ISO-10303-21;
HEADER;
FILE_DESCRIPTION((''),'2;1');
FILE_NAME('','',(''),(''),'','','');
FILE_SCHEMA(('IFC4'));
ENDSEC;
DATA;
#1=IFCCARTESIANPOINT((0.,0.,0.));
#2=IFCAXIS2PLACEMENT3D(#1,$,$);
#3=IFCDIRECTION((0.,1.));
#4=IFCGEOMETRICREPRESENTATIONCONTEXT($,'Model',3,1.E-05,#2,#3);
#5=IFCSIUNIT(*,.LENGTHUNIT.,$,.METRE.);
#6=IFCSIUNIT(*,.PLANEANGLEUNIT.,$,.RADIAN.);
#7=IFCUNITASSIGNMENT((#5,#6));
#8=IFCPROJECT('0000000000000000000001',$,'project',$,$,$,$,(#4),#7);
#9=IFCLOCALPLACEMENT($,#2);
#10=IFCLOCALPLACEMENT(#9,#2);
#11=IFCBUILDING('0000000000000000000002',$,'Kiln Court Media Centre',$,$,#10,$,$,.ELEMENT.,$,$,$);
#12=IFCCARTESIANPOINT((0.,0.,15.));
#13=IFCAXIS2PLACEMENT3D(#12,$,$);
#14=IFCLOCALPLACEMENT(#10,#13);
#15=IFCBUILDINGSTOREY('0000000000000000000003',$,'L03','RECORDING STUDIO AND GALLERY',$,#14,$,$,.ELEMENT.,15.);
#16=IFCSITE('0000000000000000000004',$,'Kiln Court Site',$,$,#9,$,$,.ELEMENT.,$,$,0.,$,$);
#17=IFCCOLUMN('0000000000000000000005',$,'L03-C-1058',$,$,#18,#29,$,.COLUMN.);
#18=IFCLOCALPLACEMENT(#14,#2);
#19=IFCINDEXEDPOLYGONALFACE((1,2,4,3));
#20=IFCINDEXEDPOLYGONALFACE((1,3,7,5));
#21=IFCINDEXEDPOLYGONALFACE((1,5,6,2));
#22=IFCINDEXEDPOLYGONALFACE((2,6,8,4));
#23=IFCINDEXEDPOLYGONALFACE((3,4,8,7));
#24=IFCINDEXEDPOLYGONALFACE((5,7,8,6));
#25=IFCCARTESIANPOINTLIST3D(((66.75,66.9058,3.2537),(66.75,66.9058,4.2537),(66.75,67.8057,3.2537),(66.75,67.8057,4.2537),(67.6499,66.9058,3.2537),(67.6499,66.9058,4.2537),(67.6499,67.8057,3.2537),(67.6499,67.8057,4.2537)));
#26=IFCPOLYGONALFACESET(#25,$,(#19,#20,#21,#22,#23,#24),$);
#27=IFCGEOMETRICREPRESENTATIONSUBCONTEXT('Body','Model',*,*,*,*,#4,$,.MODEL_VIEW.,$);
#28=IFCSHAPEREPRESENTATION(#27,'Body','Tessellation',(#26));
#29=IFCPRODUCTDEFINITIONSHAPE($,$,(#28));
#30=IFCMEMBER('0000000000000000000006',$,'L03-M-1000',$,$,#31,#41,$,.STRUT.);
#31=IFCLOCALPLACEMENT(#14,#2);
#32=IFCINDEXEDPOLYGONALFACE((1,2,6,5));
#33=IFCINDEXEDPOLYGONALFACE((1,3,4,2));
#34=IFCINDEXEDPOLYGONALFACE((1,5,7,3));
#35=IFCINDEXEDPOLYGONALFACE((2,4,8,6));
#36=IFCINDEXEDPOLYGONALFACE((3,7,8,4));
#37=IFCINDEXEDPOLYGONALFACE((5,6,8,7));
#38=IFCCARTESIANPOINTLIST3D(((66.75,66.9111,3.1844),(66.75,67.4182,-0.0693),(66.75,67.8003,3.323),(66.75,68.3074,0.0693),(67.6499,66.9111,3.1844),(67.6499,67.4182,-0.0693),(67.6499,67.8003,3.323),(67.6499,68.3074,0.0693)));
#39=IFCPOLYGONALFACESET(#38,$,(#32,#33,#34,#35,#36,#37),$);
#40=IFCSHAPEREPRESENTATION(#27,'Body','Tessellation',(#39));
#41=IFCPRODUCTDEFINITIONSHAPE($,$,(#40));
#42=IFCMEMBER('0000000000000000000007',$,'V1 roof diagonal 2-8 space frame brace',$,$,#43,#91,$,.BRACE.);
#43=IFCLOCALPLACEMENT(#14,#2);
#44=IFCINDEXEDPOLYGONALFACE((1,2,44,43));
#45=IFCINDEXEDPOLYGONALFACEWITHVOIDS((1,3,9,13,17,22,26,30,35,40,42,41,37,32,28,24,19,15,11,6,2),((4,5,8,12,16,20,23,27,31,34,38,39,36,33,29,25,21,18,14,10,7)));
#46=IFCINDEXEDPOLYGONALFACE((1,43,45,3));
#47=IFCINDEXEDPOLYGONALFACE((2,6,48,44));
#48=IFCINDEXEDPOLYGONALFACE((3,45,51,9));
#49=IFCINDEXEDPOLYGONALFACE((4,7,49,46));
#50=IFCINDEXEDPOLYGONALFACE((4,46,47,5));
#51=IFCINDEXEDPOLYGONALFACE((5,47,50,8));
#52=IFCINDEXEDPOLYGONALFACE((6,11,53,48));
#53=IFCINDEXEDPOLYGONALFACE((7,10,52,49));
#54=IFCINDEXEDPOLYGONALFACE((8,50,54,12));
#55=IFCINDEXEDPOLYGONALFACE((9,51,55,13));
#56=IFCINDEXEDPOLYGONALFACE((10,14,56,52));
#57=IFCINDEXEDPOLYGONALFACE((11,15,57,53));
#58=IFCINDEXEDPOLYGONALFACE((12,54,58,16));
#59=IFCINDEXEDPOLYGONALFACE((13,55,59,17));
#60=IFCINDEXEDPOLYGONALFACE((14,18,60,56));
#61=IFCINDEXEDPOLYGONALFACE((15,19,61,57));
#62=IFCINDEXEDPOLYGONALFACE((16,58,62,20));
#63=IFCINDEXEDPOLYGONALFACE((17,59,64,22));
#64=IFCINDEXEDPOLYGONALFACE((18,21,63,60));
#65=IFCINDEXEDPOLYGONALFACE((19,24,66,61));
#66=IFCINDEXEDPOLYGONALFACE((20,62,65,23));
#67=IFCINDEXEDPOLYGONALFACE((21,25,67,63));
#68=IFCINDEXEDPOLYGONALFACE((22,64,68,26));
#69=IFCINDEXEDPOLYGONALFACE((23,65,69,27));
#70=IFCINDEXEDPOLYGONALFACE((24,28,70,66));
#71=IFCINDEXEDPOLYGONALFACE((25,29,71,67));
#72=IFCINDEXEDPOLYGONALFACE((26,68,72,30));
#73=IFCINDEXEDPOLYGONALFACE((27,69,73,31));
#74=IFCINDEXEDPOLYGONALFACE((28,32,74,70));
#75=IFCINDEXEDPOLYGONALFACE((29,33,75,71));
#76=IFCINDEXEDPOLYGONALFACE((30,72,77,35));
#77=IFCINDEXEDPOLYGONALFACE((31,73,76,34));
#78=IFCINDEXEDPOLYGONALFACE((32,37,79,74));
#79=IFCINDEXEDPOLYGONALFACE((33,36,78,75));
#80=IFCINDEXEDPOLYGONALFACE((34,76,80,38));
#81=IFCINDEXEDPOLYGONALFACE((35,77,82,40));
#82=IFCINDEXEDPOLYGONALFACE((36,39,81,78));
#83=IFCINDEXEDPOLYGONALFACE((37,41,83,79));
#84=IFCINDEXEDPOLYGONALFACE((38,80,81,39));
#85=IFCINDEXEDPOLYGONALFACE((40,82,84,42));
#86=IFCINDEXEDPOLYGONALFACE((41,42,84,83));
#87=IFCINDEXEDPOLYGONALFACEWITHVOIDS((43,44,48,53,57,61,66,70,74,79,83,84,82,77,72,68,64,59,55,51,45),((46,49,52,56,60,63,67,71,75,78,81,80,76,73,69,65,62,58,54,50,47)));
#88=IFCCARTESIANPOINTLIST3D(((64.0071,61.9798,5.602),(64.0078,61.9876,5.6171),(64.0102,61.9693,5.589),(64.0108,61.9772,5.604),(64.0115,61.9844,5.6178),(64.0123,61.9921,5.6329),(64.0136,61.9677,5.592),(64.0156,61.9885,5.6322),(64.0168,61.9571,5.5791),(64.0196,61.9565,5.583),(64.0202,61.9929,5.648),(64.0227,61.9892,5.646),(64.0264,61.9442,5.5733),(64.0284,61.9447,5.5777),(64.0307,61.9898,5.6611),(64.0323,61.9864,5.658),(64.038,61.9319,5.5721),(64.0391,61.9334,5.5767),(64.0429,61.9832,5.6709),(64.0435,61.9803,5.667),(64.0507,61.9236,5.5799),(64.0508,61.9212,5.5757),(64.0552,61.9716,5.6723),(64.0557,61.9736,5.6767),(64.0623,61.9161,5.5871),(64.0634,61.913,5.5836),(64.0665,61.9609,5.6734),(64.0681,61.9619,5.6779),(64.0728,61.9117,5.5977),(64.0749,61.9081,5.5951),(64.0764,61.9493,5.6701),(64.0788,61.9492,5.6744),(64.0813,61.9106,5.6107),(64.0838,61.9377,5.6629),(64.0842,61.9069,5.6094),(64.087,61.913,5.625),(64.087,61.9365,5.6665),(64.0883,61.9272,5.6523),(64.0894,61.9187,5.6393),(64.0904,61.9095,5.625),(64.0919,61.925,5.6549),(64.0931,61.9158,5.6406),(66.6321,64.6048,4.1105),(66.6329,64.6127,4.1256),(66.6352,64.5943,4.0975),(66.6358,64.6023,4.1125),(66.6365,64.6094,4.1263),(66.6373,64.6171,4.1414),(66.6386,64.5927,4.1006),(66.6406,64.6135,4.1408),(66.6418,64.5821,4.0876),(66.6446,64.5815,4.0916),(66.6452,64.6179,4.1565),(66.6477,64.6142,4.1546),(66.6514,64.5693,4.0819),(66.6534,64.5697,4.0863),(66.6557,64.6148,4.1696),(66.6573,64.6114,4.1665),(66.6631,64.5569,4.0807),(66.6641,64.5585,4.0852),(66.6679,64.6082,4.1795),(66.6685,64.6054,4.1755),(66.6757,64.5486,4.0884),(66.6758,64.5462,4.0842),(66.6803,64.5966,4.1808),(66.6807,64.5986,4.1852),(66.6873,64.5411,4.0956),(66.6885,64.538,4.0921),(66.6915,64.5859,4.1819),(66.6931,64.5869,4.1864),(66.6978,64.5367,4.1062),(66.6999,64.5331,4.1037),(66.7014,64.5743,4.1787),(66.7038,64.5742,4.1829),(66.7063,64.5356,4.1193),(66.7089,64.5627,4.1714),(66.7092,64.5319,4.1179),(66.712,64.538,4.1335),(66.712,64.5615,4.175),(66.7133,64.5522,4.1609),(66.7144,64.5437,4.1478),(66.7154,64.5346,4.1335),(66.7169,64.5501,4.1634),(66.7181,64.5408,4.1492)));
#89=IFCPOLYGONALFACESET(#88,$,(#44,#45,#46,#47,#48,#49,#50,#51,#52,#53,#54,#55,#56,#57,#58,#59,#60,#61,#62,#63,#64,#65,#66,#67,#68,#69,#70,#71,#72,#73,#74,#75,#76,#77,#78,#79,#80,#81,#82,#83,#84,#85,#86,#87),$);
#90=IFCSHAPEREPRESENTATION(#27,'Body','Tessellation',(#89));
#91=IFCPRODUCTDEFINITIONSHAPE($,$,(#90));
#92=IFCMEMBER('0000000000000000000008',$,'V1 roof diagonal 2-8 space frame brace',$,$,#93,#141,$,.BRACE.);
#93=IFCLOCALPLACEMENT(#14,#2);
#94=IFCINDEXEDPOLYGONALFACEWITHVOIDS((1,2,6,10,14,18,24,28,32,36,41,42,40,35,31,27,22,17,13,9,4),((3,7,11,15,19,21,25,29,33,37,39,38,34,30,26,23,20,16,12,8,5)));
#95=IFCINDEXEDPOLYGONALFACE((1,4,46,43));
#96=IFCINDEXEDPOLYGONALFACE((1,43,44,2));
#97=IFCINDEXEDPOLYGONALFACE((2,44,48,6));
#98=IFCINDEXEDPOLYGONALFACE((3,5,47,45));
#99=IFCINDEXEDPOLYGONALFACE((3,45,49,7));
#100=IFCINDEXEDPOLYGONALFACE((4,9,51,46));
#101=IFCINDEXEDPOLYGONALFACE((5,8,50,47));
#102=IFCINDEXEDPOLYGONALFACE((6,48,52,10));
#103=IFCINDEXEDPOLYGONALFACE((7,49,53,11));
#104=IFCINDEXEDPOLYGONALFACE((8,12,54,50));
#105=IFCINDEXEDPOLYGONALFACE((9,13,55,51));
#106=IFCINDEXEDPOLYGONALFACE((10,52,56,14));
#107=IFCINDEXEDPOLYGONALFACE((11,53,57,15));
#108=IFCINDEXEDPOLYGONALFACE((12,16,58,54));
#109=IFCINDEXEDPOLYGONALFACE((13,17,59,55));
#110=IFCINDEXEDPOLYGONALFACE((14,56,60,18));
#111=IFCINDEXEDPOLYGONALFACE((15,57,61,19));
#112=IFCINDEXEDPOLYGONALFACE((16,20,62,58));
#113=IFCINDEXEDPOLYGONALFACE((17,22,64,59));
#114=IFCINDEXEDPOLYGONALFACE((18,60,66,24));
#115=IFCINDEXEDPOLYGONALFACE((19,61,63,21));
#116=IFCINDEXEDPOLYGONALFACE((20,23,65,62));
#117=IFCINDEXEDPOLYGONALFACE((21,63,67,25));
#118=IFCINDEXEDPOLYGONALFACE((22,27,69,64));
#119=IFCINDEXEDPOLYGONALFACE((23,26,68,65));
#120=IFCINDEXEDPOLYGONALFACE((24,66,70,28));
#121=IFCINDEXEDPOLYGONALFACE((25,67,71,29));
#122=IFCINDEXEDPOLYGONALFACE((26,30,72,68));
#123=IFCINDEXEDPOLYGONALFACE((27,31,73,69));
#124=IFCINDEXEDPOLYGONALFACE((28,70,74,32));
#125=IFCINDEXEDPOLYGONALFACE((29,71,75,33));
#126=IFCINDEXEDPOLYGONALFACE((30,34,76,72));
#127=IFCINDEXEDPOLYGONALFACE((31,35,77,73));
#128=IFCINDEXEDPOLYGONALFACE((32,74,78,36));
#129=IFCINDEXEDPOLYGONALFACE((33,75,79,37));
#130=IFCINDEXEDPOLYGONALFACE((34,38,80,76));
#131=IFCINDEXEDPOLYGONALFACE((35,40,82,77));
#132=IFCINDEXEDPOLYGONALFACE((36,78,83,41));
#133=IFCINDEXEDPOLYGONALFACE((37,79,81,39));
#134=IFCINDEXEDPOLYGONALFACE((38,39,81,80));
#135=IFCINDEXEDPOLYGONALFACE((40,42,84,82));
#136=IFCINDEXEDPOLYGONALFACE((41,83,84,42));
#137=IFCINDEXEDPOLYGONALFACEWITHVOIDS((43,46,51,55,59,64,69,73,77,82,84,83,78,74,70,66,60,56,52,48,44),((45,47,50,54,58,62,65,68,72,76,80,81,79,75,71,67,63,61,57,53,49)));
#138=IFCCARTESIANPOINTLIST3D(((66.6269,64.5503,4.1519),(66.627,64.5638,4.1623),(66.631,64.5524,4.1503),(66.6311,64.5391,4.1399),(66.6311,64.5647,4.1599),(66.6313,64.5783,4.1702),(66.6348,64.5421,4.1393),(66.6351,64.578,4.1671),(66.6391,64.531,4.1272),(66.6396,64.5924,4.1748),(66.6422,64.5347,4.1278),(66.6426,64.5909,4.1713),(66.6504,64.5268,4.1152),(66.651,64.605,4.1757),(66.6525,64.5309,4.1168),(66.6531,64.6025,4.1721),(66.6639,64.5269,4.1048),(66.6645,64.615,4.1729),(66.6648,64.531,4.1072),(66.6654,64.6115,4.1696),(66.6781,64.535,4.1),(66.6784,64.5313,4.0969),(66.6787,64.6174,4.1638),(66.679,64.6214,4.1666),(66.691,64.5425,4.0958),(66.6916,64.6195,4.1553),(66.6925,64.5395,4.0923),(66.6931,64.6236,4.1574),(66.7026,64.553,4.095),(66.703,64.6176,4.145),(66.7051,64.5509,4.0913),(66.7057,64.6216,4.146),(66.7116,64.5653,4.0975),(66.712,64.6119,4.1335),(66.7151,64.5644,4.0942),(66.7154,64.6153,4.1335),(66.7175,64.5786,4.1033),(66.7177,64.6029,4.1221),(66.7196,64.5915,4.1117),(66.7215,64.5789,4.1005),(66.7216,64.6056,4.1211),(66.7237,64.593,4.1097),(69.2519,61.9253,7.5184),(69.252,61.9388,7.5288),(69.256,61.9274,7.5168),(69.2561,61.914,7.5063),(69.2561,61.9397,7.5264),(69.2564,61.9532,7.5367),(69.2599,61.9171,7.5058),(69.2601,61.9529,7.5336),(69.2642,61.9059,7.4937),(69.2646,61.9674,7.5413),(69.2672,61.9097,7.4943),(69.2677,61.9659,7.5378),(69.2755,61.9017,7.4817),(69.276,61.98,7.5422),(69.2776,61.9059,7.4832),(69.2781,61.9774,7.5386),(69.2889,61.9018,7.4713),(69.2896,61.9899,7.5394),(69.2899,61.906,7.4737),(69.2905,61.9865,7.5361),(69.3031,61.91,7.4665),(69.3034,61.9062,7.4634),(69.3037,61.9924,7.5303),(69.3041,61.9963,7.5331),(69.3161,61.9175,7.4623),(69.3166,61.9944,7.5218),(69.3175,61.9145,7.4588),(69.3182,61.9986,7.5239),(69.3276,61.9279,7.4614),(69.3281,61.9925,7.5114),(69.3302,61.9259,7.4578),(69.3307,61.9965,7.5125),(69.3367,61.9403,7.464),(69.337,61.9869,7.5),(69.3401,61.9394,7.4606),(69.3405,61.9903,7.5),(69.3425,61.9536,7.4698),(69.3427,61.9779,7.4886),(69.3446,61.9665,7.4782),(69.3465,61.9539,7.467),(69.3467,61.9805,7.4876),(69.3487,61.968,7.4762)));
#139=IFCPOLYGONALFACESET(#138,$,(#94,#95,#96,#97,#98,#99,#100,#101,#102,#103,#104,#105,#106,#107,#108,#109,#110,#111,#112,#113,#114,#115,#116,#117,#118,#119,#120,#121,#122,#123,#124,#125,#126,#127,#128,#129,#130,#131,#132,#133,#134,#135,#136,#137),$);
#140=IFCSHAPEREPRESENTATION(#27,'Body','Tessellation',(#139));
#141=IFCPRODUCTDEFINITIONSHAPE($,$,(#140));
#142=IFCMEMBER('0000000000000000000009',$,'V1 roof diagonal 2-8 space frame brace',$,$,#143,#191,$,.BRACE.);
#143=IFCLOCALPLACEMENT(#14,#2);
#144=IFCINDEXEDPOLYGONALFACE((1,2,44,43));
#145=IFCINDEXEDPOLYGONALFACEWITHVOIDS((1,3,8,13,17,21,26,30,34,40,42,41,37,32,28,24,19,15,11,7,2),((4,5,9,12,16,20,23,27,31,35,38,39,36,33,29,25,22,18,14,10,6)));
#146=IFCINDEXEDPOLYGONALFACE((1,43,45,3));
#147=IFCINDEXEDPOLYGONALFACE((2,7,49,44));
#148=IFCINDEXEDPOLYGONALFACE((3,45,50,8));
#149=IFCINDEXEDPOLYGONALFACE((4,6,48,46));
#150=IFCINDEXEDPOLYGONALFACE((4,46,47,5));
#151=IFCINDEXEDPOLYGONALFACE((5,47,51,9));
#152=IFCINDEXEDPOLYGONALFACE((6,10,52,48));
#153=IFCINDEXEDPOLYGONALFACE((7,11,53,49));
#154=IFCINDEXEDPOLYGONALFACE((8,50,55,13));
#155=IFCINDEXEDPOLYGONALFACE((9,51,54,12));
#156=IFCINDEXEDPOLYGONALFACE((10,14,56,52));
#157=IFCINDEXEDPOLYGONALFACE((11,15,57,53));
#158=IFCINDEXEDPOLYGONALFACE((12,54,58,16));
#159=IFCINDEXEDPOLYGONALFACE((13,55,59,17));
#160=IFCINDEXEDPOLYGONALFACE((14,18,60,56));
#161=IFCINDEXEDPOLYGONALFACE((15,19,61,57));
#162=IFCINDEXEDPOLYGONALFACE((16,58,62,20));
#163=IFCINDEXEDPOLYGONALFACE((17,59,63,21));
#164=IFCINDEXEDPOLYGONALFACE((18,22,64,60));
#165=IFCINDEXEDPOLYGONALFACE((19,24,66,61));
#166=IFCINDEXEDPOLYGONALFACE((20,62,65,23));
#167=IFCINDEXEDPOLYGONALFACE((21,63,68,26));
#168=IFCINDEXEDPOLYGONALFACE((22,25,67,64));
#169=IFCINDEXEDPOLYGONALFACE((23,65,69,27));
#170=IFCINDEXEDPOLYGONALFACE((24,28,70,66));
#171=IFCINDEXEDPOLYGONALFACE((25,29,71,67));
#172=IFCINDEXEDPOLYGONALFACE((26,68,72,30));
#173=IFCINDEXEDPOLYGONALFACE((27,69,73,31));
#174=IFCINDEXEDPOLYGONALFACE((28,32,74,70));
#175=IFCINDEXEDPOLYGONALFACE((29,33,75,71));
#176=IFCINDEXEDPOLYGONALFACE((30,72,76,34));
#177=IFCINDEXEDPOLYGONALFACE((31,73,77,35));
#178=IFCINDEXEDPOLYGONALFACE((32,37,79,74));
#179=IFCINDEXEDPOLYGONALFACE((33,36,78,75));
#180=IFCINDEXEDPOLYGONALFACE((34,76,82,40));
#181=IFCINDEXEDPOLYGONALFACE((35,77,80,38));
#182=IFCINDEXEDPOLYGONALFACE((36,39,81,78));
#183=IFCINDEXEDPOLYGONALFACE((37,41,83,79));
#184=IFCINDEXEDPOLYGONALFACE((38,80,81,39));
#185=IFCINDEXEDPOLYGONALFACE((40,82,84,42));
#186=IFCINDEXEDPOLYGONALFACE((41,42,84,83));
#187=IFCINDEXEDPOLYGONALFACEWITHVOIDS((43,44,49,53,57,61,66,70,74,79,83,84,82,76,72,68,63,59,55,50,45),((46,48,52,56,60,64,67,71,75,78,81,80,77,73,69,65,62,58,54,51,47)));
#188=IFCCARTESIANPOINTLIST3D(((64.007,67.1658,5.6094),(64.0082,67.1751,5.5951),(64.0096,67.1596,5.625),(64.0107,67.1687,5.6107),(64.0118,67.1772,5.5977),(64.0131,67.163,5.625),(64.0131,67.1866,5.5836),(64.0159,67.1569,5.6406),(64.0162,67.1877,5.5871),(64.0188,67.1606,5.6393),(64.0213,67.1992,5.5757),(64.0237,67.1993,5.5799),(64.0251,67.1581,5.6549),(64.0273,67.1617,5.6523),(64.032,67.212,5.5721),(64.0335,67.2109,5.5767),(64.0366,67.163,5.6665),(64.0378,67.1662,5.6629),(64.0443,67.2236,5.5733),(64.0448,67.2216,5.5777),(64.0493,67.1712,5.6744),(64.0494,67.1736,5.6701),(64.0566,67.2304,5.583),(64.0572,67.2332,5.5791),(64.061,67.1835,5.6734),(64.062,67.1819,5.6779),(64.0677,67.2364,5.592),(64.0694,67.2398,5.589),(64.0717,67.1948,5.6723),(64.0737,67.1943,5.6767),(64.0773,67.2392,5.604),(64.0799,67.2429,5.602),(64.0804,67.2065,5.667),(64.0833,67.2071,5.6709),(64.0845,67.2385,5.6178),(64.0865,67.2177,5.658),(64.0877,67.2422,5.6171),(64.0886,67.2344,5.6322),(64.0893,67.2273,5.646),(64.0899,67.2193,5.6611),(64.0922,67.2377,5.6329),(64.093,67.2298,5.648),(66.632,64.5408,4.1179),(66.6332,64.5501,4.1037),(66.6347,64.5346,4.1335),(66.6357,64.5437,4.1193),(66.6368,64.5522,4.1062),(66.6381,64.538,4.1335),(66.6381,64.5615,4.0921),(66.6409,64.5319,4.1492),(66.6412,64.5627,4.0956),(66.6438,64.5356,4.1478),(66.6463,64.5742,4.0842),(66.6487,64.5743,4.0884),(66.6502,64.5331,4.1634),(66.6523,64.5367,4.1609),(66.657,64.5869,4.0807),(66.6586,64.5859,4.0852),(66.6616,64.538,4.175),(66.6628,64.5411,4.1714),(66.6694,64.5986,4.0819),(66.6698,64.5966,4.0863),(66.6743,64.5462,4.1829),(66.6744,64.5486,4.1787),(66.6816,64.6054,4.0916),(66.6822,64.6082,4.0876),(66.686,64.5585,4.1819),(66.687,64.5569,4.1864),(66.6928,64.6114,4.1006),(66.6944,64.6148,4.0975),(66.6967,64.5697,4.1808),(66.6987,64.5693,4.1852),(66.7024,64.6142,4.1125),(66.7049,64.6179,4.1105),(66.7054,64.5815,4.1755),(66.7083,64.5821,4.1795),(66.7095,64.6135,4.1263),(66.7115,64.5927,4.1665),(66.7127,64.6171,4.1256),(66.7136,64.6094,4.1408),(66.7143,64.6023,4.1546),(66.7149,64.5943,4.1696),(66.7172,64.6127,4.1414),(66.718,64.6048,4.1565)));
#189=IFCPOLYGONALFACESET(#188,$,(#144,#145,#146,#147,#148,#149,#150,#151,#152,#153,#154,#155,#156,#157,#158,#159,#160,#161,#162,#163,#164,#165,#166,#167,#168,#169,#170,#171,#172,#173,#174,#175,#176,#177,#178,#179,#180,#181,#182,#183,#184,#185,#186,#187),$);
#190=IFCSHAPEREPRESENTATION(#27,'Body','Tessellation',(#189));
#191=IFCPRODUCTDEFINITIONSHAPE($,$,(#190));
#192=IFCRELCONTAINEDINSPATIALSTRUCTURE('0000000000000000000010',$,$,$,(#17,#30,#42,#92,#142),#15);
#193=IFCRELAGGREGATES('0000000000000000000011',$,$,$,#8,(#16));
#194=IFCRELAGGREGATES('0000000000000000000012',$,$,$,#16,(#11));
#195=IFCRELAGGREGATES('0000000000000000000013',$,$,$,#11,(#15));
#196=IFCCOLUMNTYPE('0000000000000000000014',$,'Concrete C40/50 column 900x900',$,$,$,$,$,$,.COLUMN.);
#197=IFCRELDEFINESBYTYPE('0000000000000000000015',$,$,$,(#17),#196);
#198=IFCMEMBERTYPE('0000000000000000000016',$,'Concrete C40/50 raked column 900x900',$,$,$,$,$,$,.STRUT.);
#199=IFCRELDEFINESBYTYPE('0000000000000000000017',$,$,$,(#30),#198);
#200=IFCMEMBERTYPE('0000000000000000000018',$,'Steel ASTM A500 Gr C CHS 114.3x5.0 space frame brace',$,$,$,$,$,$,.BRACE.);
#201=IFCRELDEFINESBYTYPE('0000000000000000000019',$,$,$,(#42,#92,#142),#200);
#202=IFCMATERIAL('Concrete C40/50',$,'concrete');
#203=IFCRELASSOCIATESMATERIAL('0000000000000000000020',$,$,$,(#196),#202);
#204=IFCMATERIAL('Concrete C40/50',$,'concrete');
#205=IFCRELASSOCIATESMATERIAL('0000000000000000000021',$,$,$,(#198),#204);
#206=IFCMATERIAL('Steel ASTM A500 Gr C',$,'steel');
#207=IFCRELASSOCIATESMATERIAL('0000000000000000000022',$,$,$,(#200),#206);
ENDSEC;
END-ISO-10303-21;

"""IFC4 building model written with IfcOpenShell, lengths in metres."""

from ifc_helpers import new_model, si_unit, direction, frame, origin, origin_2d, place, context, subcontext, project, spatial, rectangle, hollow_circle, extrude, material, material_profile, profile_set, type_object, element, save


model = new_model("IFC4")

# Units and contexts
model_context = context("Model", 3, precision=1e-05, world=origin(), true_north=direction((0.0, 1.0)))
body_context = subcontext(model_context, "Body", "Model", "MODEL_VIEW")
ifc_project = project(units=[si_unit("LENGTHUNIT", "METRE"), si_unit("PLANEANGLEUNIT", "RADIAN")], contexts=[model_context])

# Site, building, storey
site_placement = place(None, origin())
site = spatial("IfcSite", under=ifc_project, at=site_placement, Name="Kiln Court Site", CompositionType="ELEMENT", RefElevation=0.0)
building_placement = place(site_placement, origin())
building = spatial("IfcBuilding", under=site, at=building_placement, Name="Kiln Court Media Centre", CompositionType="ELEMENT")
storey_placement = place(building_placement, frame((0.0, 0.0, 15.0)))
storey = spatial("IfcBuildingStorey", under=building, at=storey_placement, Name="L03", Description="RECORDING STUDIO AND GALLERY", CompositionType="ELEMENT", Elevation=15.0)

# Column
ifc_material_1 = material(Name="Concrete C40/50", Category="concrete")
ifc_material_profile_1 = material_profile(ifc_material_1, rectangle(XDim=0.8999, YDim=0.8999, at=origin_2d()), Name="RC 900x900")
ifc_profile_set_1 = profile_set([ifc_material_profile_1], Name="Concrete C40/50")
column_type = type_object("IfcColumnType", Name="Concrete C40/50 column 900x900", PredefinedType="COLUMN", material=ifc_profile_set_1)
column_placement = place(storey_placement, frame((67.2, 67.3557, 3.2537), z_axis=(0.0, 0.0, 1.0), x_axis=(1.0, 0.0, 0.0)))
element("IfcColumn", 1, at=column_placement, inside=storey, type_object=column_type, Name="L03-C-1058", PredefinedType="COLUMN", context=body_context, shape_type="SweptSolid", body=[
    extrude(rectangle(XDim=0.8999, YDim=0.8999, at=origin_2d()), origin(), (0.0, 0.0, 1.0), 1.0),
])

# Members
ifc_material_2 = material(Name="Concrete C40/50", Category="concrete")
ifc_material_profile_2 = material_profile(ifc_material_2, rectangle(XDim=0.8999, YDim=0.8999, at=origin_2d()), Name="RC 900x900")
ifc_profile_set_2 = profile_set([ifc_material_profile_2], Name="Concrete C40/50")
member_type_1 = type_object("IfcMemberType", Name="Concrete C40/50 raked column 900x900", PredefinedType="STRUT", material=ifc_profile_set_2)
member_1_placement = place(storey_placement, frame((67.2, 67.8628, 0.0), z_axis=(0.0, -0.15399, 0.988072), x_axis=(1.0, 0.0, 0.0)))
element("IfcMember", 2, at=member_1_placement, inside=storey, type_object=member_type_1, Name="L03-M-1000", PredefinedType="STRUT", context=body_context, shape_type="SweptSolid", body=[
    extrude(rectangle(XDim=0.8999, YDim=0.8999, at=origin_2d()), origin(), (0.0, 0.0, 1.0), 3.293),
])
ifc_material_3 = material(Name="Steel ASTM A500 Gr C", Category="steel")
ifc_material_profile_3 = material_profile(ifc_material_3, hollow_circle(Radius=0.0571, WallThickness=0.0049, at=origin_2d()), Name="CHS 114.3x5.0")
ifc_profile_set_3 = profile_set([ifc_material_profile_3], Name="Steel ASTM A500 Gr C")
member_type_2 = type_object("IfcMemberType", Name="Steel ASTM A500 Gr C CHS 114.3x5.0 space frame brace", PredefinedType="BRACE", material=ifc_profile_set_3)
member_2_placement = place(storey_placement, frame((66.675, 64.575, 4.1335), z_axis=(-0.656133, -0.656133, 0.372798), x_axis=(0.707107, -0.707107, 0.0)))
element("IfcMember", 3, at=member_2_placement, inside=storey, type_object=member_type_2, Name="V1 roof diagonal 2-8 space frame brace", PredefinedType="BRACE", context=body_context, shape_type="SweptSolid", body=[
    extrude(hollow_circle(Radius=0.0571, WallThickness=0.0049, at=origin_2d()), origin(), (0.0, 0.0, 1.0), 4.0007),
])
member_3_placement = place(storey_placement, frame((66.675, 64.575, 4.1335), z_axis=(0.523804, -0.523804, 0.671758), x_axis=(0.707107, 0.707107, 0.0)))
element("IfcMember", 4, at=member_3_placement, inside=storey, type_object=member_type_2, Name="V1 roof diagonal 2-8 space frame brace", PredefinedType="BRACE", context=body_context, shape_type="SweptSolid", body=[
    extrude(hollow_circle(Radius=0.0571, WallThickness=0.0049, at=origin_2d()), origin(), (0.0, 0.0, 1.0), 5.0115),
])
member_4_placement = place(storey_placement, frame((66.675, 64.575, 4.1335), z_axis=(-0.656133, 0.656133, 0.372798), x_axis=(-0.707107, -0.707107, 0.0)))
element("IfcMember", 5, at=member_4_placement, inside=storey, type_object=member_type_2, Name="V1 roof diagonal 2-8 space frame brace", PredefinedType="BRACE", context=body_context, shape_type="SweptSolid", body=[
    extrude(hollow_circle(Radius=0.0571, WallThickness=0.0049, at=origin_2d()), origin(), (0.0, 0.0, 1.0), 4.0007),
])

save(model, "model.ifc")
